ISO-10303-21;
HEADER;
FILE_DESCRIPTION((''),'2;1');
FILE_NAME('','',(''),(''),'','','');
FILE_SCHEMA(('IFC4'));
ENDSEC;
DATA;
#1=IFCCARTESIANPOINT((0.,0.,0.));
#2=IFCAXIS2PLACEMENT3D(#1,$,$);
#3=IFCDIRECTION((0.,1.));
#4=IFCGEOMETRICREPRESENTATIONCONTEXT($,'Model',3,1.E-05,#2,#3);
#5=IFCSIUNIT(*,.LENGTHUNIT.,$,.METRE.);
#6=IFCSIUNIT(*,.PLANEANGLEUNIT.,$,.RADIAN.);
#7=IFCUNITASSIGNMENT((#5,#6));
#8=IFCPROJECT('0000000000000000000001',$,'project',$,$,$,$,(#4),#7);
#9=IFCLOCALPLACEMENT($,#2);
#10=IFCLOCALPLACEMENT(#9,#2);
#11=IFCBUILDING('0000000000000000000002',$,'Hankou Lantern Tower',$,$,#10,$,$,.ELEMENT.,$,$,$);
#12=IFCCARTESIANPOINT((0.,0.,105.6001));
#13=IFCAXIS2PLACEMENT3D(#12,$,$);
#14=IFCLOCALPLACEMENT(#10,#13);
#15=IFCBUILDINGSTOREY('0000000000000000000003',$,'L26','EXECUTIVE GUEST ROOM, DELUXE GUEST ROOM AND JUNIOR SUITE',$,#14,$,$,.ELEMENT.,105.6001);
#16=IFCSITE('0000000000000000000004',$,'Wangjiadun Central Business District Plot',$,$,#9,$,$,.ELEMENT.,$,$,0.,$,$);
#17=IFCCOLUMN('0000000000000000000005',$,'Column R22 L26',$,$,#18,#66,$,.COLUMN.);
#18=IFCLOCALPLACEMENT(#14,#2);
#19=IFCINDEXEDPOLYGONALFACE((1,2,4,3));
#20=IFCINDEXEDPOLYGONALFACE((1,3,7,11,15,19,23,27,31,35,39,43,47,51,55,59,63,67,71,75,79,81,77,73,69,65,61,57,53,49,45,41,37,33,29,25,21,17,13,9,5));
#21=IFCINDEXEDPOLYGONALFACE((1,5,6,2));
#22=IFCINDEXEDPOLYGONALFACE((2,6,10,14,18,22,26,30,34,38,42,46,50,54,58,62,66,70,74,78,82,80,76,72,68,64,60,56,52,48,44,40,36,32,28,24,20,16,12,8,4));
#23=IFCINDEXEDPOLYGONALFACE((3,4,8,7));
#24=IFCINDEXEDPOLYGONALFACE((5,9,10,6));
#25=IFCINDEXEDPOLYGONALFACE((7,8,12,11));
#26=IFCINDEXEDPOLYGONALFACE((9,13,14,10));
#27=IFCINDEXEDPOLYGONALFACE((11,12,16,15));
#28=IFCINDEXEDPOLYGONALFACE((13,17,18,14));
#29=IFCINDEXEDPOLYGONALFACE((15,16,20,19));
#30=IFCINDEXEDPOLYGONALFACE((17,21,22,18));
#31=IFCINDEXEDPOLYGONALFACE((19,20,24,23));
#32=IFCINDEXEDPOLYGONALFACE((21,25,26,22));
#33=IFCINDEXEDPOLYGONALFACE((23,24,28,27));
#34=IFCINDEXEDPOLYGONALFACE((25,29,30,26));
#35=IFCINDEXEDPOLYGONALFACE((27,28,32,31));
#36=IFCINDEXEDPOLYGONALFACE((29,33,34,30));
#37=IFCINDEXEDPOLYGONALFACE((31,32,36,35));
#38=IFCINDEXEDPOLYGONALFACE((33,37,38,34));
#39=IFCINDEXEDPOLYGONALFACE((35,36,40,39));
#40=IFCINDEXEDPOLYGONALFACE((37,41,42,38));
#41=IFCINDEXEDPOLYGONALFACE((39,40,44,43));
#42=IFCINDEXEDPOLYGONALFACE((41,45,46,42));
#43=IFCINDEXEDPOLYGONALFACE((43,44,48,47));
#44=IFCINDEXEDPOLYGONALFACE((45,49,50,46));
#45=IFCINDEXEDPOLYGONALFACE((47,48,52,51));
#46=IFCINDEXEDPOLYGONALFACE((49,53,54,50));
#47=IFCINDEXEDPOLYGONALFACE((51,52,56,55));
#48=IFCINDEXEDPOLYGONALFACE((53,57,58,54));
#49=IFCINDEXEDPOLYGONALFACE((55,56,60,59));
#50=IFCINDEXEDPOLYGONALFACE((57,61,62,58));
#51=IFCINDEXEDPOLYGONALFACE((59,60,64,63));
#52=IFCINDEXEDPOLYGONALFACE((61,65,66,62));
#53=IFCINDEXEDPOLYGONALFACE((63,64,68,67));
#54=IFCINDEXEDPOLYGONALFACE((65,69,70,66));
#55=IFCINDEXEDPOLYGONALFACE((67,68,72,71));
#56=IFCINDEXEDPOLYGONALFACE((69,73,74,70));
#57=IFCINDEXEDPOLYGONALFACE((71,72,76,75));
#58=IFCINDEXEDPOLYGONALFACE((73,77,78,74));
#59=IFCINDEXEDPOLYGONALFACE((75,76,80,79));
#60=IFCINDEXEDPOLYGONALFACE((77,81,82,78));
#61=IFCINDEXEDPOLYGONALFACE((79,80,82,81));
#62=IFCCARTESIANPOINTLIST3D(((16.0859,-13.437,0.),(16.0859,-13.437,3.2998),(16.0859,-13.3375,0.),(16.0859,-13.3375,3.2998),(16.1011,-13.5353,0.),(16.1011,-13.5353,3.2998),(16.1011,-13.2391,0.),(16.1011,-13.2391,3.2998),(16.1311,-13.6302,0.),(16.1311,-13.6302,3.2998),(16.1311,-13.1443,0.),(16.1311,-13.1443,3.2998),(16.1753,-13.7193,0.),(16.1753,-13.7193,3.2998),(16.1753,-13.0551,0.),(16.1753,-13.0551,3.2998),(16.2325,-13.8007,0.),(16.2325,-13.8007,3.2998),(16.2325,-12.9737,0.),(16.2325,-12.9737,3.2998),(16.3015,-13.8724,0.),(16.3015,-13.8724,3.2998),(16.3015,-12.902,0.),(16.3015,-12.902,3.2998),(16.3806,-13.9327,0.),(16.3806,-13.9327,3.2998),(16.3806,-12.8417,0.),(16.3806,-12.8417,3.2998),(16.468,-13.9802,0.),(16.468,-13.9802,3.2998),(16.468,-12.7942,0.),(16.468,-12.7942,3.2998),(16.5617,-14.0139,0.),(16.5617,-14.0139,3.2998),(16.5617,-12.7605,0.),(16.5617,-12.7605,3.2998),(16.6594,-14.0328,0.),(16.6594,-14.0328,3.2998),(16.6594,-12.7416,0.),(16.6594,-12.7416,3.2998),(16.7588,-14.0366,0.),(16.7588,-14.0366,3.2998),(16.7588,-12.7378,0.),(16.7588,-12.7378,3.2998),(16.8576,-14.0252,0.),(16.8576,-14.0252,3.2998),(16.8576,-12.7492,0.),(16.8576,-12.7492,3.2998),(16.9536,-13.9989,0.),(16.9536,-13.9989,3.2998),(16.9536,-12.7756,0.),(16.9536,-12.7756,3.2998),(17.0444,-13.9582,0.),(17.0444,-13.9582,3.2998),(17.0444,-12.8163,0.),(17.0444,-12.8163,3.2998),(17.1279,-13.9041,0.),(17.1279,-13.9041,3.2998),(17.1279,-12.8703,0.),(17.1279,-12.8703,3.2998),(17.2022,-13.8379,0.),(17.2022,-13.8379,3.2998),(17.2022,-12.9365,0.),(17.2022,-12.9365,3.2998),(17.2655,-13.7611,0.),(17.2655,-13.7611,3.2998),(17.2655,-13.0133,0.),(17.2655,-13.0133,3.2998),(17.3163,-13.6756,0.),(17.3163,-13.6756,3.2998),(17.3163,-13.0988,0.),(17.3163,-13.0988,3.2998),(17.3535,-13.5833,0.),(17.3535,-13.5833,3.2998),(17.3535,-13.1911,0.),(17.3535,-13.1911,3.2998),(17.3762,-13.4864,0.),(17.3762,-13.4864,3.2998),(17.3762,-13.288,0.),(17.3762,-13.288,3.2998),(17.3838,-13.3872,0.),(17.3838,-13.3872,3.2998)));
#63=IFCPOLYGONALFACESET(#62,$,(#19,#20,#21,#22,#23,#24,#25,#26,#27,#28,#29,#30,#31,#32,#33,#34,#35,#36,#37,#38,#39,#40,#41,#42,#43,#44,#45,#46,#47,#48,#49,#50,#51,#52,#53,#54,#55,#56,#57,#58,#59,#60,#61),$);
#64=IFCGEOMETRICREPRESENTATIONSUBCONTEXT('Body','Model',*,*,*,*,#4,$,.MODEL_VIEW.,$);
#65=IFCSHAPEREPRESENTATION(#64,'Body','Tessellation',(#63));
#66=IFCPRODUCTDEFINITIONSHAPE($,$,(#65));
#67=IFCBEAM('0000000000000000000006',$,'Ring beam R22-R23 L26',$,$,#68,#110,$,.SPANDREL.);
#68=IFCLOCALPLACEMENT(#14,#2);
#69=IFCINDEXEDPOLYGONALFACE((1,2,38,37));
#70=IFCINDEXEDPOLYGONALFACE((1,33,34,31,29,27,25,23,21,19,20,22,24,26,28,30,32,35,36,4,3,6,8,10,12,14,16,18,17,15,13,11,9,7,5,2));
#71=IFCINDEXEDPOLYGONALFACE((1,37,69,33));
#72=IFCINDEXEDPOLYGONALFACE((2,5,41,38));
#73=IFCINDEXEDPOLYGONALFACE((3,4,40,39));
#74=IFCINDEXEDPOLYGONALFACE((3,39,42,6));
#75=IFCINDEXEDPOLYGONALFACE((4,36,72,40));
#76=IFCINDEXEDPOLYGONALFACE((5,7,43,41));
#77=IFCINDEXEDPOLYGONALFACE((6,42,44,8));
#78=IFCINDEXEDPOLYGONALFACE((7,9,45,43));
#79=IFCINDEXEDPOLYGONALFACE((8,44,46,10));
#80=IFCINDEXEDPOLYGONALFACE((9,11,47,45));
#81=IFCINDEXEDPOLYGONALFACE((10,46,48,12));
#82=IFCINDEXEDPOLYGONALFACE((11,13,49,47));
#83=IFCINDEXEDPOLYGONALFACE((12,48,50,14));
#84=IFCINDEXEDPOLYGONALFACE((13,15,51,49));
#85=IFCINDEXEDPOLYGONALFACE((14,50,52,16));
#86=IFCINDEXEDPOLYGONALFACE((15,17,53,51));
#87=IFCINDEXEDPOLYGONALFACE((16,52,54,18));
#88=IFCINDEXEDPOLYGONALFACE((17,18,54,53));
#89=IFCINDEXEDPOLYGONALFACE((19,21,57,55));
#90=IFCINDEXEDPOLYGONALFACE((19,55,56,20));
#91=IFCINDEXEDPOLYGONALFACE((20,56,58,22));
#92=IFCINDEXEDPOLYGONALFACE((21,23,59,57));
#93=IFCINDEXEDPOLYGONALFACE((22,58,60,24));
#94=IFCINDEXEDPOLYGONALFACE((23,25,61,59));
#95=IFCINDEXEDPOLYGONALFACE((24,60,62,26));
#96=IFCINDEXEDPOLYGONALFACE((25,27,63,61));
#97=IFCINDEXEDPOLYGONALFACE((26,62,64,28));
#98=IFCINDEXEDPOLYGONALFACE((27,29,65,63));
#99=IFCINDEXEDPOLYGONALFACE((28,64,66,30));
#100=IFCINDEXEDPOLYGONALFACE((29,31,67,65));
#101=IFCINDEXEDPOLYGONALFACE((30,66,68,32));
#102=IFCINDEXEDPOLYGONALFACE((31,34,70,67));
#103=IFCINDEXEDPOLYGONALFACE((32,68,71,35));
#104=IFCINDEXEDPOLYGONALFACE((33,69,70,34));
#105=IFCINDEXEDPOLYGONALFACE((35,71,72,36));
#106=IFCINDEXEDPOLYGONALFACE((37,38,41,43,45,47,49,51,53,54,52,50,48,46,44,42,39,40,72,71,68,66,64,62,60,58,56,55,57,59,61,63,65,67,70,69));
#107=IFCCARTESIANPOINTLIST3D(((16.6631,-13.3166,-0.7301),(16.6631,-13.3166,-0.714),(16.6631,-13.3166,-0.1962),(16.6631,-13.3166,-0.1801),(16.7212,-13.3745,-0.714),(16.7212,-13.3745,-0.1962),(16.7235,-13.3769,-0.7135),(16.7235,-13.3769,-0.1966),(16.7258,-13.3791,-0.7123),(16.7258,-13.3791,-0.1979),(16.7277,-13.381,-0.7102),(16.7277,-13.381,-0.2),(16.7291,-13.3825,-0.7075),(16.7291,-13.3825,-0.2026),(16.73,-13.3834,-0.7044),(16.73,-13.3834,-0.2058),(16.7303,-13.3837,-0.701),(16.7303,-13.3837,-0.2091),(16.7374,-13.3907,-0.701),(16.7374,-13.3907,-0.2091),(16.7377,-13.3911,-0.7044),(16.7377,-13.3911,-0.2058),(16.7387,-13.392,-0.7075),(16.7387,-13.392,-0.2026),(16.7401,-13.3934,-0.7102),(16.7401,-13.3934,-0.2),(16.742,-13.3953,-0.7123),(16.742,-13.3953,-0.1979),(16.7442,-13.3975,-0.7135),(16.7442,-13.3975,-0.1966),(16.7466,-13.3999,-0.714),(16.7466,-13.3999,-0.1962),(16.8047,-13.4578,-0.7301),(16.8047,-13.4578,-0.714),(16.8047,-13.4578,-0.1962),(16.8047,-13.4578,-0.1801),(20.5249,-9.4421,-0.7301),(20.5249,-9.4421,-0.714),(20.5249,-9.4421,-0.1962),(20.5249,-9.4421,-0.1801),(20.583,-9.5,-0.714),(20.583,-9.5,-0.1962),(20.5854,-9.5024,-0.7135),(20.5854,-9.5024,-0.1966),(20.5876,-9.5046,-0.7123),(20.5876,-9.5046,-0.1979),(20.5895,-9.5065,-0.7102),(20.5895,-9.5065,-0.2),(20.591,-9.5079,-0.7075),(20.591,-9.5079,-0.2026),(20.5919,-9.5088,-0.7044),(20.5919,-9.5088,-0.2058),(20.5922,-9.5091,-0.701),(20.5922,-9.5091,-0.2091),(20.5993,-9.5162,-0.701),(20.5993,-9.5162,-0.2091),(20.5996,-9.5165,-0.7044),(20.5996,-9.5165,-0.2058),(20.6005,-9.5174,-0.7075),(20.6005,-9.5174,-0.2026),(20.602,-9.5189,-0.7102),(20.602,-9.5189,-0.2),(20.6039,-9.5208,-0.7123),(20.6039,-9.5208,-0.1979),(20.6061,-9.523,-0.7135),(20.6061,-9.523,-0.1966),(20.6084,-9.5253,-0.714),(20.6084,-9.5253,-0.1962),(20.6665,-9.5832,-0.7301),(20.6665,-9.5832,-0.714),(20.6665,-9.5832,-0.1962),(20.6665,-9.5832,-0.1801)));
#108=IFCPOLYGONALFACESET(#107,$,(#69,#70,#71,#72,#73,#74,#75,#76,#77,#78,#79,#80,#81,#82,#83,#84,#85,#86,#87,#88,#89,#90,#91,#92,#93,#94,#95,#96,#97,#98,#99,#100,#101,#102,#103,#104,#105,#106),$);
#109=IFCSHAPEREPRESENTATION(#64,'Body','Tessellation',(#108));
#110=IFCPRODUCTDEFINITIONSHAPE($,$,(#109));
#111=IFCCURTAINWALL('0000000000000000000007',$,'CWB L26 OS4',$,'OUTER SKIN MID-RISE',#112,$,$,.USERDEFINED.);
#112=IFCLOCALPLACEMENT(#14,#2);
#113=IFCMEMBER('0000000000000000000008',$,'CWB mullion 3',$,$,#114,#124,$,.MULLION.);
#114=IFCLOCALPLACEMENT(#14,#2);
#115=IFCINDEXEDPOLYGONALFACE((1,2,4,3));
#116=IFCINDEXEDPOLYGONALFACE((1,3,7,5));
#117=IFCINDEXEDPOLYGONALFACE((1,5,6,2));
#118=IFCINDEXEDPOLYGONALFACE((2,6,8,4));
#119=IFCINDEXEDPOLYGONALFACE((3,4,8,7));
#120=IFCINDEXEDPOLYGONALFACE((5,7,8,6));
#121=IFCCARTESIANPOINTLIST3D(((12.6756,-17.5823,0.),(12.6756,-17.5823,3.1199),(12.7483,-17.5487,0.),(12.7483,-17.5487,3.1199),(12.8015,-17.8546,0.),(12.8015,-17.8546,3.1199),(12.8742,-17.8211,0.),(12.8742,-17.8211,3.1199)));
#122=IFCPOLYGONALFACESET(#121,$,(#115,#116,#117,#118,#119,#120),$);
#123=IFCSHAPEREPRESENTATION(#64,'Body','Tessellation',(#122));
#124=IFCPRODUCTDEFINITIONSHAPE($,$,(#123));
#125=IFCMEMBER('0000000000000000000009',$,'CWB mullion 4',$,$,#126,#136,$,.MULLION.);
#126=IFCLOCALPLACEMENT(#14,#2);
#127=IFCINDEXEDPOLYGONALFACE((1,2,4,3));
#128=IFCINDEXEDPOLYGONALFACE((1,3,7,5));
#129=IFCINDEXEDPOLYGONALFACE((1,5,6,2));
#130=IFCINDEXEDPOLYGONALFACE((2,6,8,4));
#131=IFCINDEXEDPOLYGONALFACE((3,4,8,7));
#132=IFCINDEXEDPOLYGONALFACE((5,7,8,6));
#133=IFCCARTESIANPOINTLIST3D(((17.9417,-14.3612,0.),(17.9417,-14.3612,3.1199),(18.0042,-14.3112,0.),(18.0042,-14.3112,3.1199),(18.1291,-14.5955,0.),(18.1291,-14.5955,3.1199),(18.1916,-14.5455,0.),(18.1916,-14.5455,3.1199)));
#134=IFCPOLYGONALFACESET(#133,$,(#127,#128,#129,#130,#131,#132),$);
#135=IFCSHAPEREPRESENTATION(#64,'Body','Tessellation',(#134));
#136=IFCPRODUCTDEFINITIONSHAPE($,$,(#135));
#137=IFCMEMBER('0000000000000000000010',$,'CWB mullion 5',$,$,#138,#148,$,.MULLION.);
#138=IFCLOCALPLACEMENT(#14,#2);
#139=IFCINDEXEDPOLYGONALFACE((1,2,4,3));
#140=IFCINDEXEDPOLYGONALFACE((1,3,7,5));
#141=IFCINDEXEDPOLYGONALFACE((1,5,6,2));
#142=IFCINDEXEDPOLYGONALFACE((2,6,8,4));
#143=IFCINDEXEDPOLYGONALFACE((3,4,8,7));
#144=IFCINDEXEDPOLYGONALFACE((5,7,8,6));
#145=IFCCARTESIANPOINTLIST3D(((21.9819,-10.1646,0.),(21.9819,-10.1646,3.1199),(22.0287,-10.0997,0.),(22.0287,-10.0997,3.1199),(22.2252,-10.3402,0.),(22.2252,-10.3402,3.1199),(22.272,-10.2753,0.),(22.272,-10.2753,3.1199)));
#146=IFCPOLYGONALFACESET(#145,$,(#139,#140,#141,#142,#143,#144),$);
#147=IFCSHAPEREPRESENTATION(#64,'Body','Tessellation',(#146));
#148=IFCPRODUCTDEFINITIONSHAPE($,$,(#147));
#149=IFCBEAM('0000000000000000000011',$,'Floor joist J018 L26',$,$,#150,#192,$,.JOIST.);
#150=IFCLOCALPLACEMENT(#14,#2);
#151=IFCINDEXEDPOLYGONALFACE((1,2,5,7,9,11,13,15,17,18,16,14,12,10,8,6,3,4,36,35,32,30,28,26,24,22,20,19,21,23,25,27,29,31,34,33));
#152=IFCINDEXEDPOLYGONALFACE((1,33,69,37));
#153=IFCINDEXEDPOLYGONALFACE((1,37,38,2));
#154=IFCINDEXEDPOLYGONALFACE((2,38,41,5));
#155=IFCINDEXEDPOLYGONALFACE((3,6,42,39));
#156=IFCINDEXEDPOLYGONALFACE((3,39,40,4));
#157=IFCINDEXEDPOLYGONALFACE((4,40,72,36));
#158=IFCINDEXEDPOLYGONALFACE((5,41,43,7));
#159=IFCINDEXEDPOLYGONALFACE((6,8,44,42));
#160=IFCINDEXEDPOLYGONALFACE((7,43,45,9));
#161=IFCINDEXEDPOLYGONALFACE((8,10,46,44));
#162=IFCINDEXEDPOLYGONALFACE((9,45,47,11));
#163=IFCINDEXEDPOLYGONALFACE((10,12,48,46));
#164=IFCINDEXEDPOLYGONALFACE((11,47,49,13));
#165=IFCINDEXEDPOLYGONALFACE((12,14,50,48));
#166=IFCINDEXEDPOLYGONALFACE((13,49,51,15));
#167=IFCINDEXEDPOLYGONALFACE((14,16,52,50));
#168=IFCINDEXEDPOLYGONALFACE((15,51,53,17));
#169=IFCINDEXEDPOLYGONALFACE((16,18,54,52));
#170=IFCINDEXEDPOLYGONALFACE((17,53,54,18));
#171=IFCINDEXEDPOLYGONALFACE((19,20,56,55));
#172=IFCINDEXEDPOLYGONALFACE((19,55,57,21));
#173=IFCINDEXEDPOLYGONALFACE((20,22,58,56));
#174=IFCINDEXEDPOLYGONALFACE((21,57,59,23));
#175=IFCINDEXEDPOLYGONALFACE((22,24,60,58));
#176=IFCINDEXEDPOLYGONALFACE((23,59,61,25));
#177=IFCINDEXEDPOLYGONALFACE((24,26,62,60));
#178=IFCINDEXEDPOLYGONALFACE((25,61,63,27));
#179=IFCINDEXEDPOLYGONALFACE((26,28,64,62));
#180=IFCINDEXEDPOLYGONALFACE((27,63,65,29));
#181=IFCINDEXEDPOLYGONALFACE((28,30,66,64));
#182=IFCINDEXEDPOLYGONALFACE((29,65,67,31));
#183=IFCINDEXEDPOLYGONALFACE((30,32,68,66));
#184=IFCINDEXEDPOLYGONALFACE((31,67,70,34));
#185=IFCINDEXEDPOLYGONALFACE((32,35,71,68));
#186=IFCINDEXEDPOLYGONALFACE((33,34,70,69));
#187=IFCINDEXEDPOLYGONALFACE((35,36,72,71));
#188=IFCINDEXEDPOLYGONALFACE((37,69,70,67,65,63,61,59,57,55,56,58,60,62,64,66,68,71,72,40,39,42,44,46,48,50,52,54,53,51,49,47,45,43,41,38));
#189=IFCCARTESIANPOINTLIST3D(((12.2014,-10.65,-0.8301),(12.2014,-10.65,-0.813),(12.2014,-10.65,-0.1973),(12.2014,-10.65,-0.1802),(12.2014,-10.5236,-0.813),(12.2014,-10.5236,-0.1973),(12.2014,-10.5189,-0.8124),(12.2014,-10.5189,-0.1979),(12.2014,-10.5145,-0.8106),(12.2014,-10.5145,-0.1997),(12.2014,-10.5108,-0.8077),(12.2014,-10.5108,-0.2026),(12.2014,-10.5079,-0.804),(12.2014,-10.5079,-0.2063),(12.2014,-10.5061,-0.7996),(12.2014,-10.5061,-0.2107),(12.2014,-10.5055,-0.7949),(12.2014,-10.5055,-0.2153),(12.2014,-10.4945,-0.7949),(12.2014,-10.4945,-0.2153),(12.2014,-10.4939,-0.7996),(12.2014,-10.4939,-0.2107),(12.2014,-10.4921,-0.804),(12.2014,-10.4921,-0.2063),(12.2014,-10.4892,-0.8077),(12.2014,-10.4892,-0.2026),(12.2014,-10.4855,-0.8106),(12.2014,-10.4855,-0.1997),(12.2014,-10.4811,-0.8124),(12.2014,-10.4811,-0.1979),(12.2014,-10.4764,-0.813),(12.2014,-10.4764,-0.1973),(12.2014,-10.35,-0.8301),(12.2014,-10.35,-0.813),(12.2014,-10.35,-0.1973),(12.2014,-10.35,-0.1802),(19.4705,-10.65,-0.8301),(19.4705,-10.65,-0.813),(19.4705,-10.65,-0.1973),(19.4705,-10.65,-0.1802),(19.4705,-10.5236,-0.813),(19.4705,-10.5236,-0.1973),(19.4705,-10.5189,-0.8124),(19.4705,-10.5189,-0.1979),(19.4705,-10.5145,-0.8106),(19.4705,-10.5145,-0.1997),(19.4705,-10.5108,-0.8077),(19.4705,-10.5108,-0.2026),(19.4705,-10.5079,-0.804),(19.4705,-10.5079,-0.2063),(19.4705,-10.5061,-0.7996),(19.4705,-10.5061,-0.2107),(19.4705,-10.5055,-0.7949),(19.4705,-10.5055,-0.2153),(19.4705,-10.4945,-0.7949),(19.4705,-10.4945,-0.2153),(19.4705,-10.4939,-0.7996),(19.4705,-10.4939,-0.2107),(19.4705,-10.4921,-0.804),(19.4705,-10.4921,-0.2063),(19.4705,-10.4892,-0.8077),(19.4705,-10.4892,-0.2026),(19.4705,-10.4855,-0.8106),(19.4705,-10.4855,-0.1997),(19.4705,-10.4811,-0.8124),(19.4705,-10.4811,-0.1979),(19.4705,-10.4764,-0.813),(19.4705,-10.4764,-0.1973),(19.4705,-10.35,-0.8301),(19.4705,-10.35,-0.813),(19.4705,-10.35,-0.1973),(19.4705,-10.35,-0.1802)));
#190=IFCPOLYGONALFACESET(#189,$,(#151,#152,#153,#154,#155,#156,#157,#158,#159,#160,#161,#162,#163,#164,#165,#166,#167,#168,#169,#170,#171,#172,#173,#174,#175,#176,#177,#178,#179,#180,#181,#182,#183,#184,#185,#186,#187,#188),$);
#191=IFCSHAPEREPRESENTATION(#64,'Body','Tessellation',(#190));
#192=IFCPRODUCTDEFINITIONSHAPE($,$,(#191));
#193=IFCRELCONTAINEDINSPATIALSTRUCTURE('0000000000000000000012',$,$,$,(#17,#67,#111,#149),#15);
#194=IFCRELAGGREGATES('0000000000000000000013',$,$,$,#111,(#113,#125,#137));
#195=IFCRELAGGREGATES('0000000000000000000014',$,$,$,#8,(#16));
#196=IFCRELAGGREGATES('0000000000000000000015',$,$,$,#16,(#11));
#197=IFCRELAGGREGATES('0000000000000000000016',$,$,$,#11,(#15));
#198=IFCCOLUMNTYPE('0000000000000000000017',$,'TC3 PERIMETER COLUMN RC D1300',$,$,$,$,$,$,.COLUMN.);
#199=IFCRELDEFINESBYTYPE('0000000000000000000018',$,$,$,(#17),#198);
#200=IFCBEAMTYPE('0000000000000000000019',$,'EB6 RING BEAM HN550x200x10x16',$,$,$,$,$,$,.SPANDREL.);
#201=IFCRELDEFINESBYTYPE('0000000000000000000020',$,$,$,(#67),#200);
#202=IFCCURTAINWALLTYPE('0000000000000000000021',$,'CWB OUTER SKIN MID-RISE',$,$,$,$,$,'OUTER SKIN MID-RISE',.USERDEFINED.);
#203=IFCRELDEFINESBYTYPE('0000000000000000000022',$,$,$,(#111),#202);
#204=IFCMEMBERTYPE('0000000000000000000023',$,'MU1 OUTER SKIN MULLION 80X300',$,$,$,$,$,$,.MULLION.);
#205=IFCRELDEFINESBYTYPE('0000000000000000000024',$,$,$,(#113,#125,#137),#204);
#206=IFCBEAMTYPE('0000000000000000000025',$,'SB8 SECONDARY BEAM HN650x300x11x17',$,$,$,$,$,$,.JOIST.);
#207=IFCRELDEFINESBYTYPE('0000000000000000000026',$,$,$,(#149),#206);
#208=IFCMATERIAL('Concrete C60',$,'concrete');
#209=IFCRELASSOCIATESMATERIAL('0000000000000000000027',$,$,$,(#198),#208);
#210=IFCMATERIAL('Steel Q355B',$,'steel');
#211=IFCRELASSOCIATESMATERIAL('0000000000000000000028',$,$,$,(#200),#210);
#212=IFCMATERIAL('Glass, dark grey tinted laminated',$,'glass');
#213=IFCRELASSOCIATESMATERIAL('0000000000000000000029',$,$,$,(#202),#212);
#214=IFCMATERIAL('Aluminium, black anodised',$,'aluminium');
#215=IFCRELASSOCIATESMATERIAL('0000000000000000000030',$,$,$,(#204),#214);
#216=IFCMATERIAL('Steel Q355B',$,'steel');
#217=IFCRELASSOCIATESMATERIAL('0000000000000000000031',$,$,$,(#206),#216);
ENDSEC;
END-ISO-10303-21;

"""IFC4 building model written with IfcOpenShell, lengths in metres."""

from ifc_helpers import new_model, si_unit, direction, frame, origin, origin_2d, place, context, subcontext, project, spatial, rectangle, circle, i_section, extrude, material, material_profile, profile_set, type_object, element, aggregate, save


model = new_model("IFC4")

# Units and contexts
model_context = context("Model", 3, precision=1e-05, world=origin(), true_north=direction((0.0, 1.0)))
body_context = subcontext(model_context, "Body", "Model", "MODEL_VIEW")
ifc_project = project(units=[si_unit("LENGTHUNIT", "METRE"), si_unit("PLANEANGLEUNIT", "RADIAN")], contexts=[model_context])

# Site, building, storey
site_placement = place(None, origin())
site = spatial("IfcSite", under=ifc_project, at=site_placement, Name="Wangjiadun Central Business District Plot", CompositionType="ELEMENT", RefElevation=0.0)
building_placement = place(site_placement, origin())
building = spatial("IfcBuilding", under=site, at=building_placement, Name="Hankou Lantern Tower", CompositionType="ELEMENT")
storey_placement = place(building_placement, frame((0.0, 0.0, 105.6001)))
storey = spatial("IfcBuildingStorey", under=building, at=storey_placement, Name="L26", Description="EXECUTIVE GUEST ROOM, DELUXE GUEST ROOM AND JUNIOR SUITE", CompositionType="ELEMENT", Elevation=105.6001)

# Column
ifc_material_1 = material(Name="Concrete C60", Category="concrete")
ifc_material_profile_1 = material_profile(ifc_material_1, circle(Radius=0.6499, at=origin_2d()), Name="RC D1300")
ifc_profile_set_1 = profile_set([ifc_material_profile_1], Name="Concrete C60")
column_type = type_object("IfcColumnType", Name="TC3 PERIMETER COLUMN RC D1300", PredefinedType="COLUMN", material=ifc_profile_set_1)
column_placement = place(storey_placement, frame((16.7339, -13.3872, 0.0), z_axis=(0.0, 0.0, 1.0), x_axis=(1.0, 0.0, 0.0)))
element("IfcColumn", 1, at=column_placement, inside=storey, type_object=column_type, Name="Column R22 L26", PredefinedType="COLUMN", context=body_context, shape_type="SweptSolid", body=[
    extrude(circle(Radius=0.6499, at=origin_2d()), origin(), (0.0, 0.0, 1.0), 3.2998),
])

# Beam
ifc_material_2 = material(Name="Steel Q355B", Category="steel")
ifc_material_profile_2 = material_profile(ifc_material_2, i_section(OverallWidth=0.2, OverallDepth=0.55, WebThickness=0.01, FlangeThickness=0.0161, FilletRadius=0.0129, at=origin_2d()), Name="HN550x200x10x16")
ifc_profile_set_2 = profile_set([ifc_material_profile_2], Name="Steel Q355B")
beam_type_1 = type_object("IfcBeamType", Name="EB6 RING BEAM HN550x200x10x16", PredefinedType="SPANDREL", material=ifc_profile_set_2)
beam_1_placement = place(storey_placement, frame((16.7339, -13.3872, -0.4551), z_axis=(0.705945, 0.708266, 0.0), x_axis=(-0.708266, 0.705945, 0.0)))
element("IfcBeam", 2, at=beam_1_placement, inside=storey, type_object=beam_type_1, Name="Ring beam R22-R23 L26", PredefinedType="SPANDREL", context=body_context, shape_type="SweptSolid", body=[
    extrude(i_section(OverallWidth=0.2, OverallDepth=0.55, WebThickness=0.01, FlangeThickness=0.0161, FilletRadius=0.0129, at=origin_2d()), origin(), (0.0, 0.0, 1.0), 5.4705),
])

# Curtain wall, members
ifc_material_3 = material(Name="Glass, dark grey tinted laminated", Category="glass")
curtain_wall_type = type_object("IfcCurtainWallType", Name="CWB OUTER SKIN MID-RISE", ElementType="OUTER SKIN MID-RISE", PredefinedType="USERDEFINED", material=ifc_material_3)
curtain_wall_placement = place(storey_placement, origin())
curtain_wall = element("IfcCurtainWall", 3, at=curtain_wall_placement, inside=storey, type_object=curtain_wall_type, Name="CWB L26 OS4", ObjectType="OUTER SKIN MID-RISE", PredefinedType="USERDEFINED")
ifc_material_4 = material(Name="Aluminium, black anodised", Category="aluminium")
ifc_material_profile_3 = material_profile(ifc_material_4, rectangle(XDim=0.0801, YDim=0.3, at=origin_2d()), Name="MU1 80X300")
ifc_profile_set_3 = profile_set([ifc_material_profile_3], Name="Aluminium, black anodised")
member_type_1 = type_object("IfcMemberType", Name="MU1 OUTER SKIN MULLION 80X300", PredefinedType="MULLION", material=ifc_profile_set_3)
member_1_placement = place(storey_placement, frame((12.7749, -17.7017, 0.0), z_axis=(0.0, 0.0, 1.0), x_axis=(0.907841, 0.419314, 0.0)))
member_1 = element("IfcMember", 4, at=member_1_placement, type_object=member_type_1, Name="CWB mullion 3", PredefinedType="MULLION", context=body_context, shape_type="SweptSolid", body=[
    extrude(rectangle(XDim=0.0801, YDim=0.3, at=origin_2d()), origin(), (0.0, 0.0, 1.0), 3.1199),
])
member_2_placement = place(storey_placement, frame((18.0667, -14.4534, 0.0), z_axis=(0.0, 0.0, 1.0), x_axis=(0.780869, 0.624695, 0.0)))
member_2 = element("IfcMember", 5, at=member_2_placement, type_object=member_type_1, Name="CWB mullion 4", PredefinedType="MULLION", context=body_context, shape_type="SweptSolid", body=[
    extrude(rectangle(XDim=0.0801, YDim=0.3, at=origin_2d()), origin(), (0.0, 0.0, 1.0), 3.1199),
])
member_3_placement = place(storey_placement, frame((22.127, -10.22, 0.0), z_axis=(0.0, 0.0, 1.0), x_axis=(0.585206, 0.810885, 0.0)))
member_3 = element("IfcMember", 6, at=member_3_placement, type_object=member_type_1, Name="CWB mullion 5", PredefinedType="MULLION", context=body_context, shape_type="SweptSolid", body=[
    extrude(rectangle(XDim=0.0801, YDim=0.3, at=origin_2d()), origin(), (0.0, 0.0, 1.0), 3.1199),
])

# Beam
ifc_material_5 = material(Name="Steel Q355B", Category="steel")
ifc_material_profile_4 = material_profile(ifc_material_5, i_section(OverallWidth=0.3, OverallDepth=0.6499, WebThickness=0.011, FlangeThickness=0.0171, FilletRadius=0.0181, at=origin_2d()), Name="HN650x300x11x17")
ifc_profile_set_4 = profile_set([ifc_material_profile_4], Name="Steel Q355B")
beam_type_2 = type_object("IfcBeamType", Name="SB8 SECONDARY BEAM HN650x300x11x17", PredefinedType="JOIST", material=ifc_profile_set_4)
beam_2_placement = place(storey_placement, frame((12.2014, -10.5, -0.5051), z_axis=(1.0, 0.0, 0.0), x_axis=(0.0, 1.0, 0.0)))
element("IfcBeam", 7, at=beam_2_placement, inside=storey, type_object=beam_type_2, Name="Floor joist J018 L26", PredefinedType="JOIST", context=body_context, shape_type="SweptSolid", body=[
    extrude(i_section(OverallWidth=0.3, OverallDepth=0.6499, WebThickness=0.011, FlangeThickness=0.0171, FilletRadius=0.0181, at=origin_2d()), origin(), (0.0, 0.0, 1.0), 7.269),
])

aggregate(curtain_wall, [member_1, member_2, member_3])

save(model, "model.ifc")
